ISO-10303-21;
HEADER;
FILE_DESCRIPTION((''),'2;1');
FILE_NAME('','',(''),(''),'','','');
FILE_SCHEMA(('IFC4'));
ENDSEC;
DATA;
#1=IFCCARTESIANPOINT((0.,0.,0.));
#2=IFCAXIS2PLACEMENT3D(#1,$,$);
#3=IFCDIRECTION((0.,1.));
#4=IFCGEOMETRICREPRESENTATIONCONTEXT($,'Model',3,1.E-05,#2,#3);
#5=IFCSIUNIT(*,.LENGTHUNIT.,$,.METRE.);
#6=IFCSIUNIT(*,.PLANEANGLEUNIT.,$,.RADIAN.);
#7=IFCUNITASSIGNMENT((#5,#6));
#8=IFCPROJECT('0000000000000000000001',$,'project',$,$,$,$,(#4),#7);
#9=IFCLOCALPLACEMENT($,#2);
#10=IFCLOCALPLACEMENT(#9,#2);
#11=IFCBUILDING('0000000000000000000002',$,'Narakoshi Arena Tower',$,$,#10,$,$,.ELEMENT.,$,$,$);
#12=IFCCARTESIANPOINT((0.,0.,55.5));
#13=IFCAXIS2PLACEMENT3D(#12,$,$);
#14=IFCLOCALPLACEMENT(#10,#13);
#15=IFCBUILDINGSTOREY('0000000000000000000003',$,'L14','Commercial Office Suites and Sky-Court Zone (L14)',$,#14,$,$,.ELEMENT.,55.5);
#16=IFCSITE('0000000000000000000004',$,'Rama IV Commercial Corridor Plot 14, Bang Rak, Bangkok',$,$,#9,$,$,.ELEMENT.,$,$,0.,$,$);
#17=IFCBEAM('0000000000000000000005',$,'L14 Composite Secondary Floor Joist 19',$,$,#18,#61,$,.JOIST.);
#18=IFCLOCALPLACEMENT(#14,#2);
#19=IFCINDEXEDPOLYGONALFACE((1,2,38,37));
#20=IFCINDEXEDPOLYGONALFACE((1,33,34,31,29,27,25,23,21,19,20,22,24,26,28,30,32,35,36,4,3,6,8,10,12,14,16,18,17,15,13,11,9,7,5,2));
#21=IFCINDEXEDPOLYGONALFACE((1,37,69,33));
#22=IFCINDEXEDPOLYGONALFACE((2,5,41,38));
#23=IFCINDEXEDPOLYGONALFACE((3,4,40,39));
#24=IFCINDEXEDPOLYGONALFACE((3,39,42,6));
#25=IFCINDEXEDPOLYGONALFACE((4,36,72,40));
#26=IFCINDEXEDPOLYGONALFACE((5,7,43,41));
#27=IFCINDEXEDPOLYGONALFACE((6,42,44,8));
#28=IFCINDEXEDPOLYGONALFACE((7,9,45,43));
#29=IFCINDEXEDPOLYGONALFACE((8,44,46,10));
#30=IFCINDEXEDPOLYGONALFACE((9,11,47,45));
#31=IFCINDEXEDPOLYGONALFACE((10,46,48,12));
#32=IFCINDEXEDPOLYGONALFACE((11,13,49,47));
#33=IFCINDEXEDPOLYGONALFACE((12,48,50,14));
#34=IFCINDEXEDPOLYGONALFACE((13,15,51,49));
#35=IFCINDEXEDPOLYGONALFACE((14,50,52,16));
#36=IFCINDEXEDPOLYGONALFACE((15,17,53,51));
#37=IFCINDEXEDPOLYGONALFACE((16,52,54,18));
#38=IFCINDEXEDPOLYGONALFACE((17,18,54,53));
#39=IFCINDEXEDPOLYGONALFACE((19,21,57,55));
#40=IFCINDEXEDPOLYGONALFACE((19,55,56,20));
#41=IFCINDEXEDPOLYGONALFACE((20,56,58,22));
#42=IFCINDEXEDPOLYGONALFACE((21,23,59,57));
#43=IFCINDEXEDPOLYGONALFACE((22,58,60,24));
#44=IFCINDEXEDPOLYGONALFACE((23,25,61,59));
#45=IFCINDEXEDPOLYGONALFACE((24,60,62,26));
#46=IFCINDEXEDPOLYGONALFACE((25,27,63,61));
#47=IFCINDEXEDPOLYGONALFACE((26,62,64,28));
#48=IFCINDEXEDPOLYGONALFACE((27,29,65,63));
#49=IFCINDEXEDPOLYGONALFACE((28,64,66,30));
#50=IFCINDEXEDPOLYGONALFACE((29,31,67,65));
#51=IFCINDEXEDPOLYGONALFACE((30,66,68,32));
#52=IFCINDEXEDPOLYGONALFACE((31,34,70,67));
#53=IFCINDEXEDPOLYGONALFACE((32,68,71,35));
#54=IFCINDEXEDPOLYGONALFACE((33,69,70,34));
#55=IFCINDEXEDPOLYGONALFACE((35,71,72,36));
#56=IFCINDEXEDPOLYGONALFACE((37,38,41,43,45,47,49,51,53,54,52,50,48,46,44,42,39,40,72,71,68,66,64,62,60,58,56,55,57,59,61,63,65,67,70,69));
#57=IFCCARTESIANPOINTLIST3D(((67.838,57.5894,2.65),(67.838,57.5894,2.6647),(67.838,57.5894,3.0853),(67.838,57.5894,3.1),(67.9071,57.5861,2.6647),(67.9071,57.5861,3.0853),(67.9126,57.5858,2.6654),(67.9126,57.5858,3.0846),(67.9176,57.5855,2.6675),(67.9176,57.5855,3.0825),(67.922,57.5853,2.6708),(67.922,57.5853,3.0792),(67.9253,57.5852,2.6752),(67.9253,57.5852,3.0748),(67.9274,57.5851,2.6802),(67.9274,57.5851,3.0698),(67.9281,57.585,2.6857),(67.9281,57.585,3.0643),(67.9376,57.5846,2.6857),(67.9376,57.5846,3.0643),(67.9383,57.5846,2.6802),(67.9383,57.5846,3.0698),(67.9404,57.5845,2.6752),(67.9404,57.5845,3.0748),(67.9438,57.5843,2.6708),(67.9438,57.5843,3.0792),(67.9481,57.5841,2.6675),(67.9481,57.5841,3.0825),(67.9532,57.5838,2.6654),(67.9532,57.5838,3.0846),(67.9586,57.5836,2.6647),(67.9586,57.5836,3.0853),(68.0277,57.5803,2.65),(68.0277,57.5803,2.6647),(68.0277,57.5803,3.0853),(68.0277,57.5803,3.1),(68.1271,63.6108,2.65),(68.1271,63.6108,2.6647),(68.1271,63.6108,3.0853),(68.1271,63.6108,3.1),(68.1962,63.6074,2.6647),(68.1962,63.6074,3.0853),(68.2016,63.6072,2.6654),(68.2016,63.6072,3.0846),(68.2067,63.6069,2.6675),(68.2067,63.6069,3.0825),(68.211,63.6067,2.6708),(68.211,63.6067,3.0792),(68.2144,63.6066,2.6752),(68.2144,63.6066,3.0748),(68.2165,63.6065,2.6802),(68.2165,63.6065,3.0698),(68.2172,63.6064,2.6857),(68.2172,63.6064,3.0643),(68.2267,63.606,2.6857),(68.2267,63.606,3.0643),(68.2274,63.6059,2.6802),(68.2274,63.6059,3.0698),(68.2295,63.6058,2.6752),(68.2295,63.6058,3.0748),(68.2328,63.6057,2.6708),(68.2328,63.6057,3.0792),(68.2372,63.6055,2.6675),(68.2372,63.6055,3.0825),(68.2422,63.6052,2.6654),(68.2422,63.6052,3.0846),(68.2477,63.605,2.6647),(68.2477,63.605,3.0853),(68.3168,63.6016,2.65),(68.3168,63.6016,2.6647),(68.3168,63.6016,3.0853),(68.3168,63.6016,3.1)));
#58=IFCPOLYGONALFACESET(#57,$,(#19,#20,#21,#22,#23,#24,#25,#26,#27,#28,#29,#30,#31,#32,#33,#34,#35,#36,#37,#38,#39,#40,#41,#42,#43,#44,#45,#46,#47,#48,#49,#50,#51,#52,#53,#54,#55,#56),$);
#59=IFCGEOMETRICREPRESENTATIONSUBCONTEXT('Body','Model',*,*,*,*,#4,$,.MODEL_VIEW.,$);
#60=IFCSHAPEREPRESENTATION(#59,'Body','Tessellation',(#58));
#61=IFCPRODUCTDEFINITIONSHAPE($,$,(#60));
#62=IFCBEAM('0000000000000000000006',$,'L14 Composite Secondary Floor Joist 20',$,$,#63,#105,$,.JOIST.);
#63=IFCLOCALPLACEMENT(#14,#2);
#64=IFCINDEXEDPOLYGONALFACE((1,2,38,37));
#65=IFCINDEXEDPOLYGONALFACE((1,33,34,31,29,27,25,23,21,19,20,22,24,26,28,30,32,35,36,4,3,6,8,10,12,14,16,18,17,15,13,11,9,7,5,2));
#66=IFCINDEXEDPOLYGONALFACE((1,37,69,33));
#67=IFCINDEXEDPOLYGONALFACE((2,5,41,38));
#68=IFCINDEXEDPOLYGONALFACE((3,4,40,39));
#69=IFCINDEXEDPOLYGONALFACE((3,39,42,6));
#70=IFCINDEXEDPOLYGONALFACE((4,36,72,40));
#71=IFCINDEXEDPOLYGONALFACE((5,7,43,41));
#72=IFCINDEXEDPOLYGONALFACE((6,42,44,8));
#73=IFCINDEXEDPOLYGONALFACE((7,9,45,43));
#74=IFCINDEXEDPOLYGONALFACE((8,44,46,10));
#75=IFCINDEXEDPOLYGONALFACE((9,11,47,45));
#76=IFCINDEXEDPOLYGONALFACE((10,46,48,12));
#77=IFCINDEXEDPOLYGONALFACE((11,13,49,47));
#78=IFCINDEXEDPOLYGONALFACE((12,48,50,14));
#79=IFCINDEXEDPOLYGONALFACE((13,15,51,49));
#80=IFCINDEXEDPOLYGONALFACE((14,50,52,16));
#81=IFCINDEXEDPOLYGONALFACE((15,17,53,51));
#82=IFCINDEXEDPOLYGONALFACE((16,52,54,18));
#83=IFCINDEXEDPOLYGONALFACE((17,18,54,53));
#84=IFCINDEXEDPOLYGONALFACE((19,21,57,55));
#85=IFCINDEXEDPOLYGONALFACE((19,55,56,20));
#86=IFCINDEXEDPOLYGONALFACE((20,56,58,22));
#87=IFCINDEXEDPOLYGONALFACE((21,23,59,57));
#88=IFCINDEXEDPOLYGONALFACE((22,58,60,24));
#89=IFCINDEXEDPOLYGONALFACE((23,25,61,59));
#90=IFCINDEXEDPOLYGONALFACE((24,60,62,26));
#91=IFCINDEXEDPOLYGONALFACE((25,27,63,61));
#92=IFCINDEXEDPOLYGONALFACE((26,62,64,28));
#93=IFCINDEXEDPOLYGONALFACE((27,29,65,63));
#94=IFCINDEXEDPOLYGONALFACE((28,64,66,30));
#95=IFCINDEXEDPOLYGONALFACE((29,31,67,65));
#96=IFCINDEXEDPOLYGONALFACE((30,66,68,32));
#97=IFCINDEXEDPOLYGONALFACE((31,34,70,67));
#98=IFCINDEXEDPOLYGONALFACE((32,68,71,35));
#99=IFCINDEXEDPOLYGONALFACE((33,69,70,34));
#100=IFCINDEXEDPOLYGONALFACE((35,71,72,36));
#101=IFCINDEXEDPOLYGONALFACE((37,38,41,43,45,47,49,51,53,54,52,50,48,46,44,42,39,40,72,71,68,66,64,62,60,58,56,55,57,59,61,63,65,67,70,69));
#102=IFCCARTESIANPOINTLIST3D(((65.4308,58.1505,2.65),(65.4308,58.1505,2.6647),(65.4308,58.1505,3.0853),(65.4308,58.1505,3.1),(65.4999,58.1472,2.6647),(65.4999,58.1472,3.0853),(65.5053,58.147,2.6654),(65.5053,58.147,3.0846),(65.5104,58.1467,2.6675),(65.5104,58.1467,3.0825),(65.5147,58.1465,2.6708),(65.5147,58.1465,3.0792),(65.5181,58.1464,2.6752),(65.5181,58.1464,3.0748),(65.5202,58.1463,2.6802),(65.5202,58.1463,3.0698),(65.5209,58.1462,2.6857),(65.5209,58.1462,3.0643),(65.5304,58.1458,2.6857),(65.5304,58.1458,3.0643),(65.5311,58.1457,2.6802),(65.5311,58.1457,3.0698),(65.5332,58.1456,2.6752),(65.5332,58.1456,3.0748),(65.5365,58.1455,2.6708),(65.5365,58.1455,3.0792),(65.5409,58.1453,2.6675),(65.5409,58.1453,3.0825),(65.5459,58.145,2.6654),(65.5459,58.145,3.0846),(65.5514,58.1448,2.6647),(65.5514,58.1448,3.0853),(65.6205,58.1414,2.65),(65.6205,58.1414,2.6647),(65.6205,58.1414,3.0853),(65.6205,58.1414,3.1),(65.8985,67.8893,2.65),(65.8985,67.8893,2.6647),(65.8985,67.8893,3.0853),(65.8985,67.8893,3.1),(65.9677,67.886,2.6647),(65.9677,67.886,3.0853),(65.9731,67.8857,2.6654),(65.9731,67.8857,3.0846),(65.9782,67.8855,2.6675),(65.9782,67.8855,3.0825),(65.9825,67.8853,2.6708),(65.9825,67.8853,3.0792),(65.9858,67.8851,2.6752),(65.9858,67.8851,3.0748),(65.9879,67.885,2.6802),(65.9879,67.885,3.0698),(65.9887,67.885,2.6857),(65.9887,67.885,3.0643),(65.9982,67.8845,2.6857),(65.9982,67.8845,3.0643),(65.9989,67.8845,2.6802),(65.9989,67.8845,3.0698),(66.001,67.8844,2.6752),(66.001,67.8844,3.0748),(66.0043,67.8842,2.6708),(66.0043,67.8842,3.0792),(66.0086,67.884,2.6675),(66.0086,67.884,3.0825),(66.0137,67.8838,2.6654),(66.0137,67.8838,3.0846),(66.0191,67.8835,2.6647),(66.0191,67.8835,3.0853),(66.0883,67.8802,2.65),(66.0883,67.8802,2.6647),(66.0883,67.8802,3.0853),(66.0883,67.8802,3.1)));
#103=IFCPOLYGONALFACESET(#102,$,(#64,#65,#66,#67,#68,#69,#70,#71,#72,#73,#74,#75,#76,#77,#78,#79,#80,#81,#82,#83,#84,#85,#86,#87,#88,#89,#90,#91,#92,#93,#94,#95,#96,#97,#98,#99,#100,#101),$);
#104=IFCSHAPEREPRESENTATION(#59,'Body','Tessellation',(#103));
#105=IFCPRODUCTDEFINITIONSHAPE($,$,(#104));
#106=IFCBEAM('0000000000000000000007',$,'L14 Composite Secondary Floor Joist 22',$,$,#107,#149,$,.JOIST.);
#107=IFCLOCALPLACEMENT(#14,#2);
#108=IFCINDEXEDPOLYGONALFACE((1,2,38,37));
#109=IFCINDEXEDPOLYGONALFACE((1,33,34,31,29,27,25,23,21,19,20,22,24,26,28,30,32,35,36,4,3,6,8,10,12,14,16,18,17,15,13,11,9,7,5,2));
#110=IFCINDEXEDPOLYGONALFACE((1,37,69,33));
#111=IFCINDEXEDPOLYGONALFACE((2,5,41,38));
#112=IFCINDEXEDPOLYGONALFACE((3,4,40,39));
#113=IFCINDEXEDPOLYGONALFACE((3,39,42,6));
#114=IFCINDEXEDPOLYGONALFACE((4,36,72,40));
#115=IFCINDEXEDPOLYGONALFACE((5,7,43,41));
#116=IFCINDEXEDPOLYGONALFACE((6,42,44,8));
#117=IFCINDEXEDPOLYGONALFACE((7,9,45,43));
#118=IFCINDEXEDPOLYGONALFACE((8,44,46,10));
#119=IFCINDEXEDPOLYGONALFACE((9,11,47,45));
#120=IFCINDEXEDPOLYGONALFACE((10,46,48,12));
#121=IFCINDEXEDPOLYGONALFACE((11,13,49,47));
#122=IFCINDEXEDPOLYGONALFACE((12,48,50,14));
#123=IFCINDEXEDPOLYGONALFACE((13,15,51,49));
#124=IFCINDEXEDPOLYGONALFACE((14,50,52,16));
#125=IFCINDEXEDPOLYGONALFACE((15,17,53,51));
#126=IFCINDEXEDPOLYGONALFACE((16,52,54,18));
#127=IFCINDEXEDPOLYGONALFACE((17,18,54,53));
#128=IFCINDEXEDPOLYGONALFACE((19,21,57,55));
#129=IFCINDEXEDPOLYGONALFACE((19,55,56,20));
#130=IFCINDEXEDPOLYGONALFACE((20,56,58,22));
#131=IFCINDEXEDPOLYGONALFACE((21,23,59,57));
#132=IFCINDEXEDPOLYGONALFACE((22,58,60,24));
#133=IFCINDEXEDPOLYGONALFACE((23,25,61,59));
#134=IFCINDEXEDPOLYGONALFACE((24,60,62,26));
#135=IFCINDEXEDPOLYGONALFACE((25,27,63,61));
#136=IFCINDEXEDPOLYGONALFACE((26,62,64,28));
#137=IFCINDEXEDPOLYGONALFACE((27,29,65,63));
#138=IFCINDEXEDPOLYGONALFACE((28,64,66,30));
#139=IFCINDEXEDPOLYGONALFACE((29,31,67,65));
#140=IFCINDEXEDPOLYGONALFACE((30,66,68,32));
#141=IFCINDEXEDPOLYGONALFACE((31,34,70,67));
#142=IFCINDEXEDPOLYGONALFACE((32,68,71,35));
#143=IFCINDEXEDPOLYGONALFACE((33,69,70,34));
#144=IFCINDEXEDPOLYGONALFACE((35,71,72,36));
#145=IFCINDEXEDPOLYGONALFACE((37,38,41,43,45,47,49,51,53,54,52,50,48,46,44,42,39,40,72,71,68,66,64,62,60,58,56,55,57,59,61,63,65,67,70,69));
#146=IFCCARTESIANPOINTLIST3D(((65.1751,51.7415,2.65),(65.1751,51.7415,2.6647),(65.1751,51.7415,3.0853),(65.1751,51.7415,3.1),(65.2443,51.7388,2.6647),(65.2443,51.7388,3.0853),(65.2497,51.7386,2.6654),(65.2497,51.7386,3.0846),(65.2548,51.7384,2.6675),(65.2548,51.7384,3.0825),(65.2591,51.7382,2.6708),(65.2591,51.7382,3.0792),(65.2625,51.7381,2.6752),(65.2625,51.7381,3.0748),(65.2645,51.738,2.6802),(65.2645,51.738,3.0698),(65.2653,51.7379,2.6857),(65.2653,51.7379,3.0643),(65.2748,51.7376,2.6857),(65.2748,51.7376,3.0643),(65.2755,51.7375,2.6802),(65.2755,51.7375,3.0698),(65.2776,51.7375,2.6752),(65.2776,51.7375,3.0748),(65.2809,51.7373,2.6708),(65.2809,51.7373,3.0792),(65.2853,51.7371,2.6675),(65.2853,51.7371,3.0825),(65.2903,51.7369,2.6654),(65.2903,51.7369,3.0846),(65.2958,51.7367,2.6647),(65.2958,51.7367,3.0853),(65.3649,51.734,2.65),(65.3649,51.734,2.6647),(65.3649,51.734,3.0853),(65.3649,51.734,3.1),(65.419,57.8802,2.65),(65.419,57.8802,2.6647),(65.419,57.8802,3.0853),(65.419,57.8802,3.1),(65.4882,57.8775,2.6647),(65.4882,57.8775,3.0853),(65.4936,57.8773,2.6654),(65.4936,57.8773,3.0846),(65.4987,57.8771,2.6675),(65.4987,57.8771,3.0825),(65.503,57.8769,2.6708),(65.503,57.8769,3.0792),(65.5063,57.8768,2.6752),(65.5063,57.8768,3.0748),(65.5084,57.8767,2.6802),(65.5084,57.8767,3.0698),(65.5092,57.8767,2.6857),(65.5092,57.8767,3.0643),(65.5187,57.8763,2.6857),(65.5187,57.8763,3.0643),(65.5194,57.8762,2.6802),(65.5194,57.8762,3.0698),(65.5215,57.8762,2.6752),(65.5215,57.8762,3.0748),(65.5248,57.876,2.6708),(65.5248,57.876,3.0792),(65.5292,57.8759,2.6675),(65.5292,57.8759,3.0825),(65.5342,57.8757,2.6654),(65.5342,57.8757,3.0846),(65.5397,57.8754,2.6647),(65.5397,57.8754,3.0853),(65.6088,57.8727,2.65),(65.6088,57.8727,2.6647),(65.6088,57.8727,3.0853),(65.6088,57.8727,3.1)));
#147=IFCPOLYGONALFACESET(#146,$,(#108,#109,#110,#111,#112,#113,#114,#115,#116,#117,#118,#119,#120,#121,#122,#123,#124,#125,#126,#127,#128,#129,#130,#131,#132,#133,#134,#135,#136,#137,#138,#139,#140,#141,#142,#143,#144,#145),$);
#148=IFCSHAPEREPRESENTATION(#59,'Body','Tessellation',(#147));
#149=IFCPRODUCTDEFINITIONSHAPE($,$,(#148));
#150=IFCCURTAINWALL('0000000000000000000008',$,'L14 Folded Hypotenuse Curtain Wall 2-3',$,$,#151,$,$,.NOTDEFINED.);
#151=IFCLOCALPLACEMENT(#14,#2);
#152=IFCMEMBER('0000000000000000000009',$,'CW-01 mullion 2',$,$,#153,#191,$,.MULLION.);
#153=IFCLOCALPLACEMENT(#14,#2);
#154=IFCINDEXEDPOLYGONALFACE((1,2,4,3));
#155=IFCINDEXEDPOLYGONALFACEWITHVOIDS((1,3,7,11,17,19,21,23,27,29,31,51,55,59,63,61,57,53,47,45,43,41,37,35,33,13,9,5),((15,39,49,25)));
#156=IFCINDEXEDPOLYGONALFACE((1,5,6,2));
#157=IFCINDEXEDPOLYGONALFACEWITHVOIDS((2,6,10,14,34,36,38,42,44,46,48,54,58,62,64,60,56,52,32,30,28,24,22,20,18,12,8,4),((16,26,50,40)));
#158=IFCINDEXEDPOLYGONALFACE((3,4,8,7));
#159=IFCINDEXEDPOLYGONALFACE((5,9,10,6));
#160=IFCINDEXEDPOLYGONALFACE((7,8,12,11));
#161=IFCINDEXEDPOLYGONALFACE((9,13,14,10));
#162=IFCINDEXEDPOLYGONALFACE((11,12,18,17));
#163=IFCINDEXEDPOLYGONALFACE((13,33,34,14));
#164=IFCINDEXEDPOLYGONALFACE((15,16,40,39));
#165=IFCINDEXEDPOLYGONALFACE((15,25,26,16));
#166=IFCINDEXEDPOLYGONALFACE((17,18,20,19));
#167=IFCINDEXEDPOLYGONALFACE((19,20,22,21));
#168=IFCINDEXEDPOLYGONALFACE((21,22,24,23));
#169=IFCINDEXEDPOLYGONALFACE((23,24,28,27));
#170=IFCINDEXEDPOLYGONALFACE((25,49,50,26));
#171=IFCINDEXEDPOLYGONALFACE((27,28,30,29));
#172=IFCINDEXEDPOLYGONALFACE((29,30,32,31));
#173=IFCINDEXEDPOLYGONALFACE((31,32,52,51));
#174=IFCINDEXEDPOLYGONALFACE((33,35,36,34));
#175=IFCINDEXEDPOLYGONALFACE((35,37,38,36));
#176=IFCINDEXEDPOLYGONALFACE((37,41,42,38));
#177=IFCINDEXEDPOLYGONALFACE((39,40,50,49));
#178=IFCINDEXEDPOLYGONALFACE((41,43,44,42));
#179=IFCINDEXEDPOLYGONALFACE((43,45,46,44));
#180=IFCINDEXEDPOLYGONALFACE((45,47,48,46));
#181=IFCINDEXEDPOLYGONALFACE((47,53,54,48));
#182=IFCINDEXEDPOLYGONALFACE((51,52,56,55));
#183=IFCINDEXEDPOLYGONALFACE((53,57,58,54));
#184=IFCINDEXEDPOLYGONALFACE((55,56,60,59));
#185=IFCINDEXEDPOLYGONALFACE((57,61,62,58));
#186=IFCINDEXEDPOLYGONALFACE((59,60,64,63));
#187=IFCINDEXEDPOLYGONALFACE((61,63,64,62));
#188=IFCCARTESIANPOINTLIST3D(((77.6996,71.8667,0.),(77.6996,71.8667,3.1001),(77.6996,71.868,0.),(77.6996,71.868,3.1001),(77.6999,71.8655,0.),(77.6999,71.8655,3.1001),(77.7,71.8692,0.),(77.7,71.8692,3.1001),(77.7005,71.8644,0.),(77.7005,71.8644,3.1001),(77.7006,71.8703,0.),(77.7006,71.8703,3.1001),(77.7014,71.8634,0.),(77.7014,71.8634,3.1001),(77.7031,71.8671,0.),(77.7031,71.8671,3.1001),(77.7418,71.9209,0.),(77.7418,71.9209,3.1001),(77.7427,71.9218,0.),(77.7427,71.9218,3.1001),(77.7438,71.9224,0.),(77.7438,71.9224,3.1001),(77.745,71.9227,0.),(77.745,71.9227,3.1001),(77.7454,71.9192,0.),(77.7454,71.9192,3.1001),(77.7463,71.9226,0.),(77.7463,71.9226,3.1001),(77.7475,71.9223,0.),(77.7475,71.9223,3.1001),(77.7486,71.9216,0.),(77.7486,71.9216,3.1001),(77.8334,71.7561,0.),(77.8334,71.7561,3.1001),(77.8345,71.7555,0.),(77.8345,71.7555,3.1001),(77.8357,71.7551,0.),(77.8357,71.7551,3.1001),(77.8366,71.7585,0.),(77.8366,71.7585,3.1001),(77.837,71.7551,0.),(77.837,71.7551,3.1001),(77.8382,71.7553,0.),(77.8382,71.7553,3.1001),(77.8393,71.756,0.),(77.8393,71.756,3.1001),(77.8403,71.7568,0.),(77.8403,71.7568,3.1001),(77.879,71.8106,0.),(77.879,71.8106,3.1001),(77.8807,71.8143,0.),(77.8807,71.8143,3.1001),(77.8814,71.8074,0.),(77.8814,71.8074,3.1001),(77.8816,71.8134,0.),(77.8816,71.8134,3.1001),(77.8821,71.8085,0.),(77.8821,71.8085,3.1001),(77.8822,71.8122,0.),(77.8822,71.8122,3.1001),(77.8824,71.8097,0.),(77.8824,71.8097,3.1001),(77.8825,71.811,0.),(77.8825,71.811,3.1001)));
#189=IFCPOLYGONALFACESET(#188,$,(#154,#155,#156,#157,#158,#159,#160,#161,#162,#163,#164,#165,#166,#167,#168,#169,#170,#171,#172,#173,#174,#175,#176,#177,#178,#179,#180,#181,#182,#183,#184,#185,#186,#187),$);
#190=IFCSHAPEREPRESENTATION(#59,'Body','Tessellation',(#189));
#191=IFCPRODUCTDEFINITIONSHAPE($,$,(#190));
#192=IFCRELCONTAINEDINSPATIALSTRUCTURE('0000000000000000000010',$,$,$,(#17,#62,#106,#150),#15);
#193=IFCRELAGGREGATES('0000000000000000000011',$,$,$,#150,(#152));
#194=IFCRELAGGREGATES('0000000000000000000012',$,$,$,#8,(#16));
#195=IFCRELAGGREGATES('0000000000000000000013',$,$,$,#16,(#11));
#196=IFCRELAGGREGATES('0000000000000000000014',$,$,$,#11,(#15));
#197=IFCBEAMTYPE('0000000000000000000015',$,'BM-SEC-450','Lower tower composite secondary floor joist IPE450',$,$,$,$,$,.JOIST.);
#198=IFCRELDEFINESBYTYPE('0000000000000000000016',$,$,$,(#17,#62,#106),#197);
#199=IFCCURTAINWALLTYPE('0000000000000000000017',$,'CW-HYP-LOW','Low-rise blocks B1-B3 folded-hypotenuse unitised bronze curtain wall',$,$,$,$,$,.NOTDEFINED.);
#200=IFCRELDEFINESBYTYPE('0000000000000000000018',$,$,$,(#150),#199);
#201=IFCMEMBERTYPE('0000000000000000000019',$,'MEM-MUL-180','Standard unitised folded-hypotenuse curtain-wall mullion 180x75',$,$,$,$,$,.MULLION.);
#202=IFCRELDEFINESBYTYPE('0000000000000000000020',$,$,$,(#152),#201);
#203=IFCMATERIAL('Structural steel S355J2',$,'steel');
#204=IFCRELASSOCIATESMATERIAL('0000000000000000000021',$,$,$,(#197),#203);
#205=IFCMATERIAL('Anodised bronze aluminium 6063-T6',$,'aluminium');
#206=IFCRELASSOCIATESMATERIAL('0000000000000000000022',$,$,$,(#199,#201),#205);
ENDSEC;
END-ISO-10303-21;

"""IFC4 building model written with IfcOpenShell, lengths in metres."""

from ifc_helpers import new_model, si_unit, direction, frame, origin, origin_2d, place, context, subcontext, project, spatial, hollow_rectangle, i_section, extrude, material, material_profile, profile_set, type_object, element, aggregate, save


model = new_model("IFC4")

# Units and contexts
model_context = context("Model", 3, precision=1e-05, world=origin(), true_north=direction((0.0, 1.0)))
body_context = subcontext(model_context, "Body", "Model", "MODEL_VIEW")
ifc_project = project(units=[si_unit("LENGTHUNIT", "METRE"), si_unit("PLANEANGLEUNIT", "RADIAN")], contexts=[model_context])

# Site, building, storey
site_placement = place(None, origin())
site = spatial("IfcSite", under=ifc_project, at=site_placement, Name="Rama IV Commercial Corridor Plot 14, Bang Rak, Bangkok", CompositionType="ELEMENT", RefElevation=0.0)
building_placement = place(site_placement, origin())
building = spatial("IfcBuilding", under=site, at=building_placement, Name="Narakoshi Arena Tower", CompositionType="ELEMENT")
storey_placement = place(building_placement, frame((0.0, 0.0, 55.5)))
storey = spatial("IfcBuildingStorey", under=building, at=storey_placement, Name="L14", Description="Commercial Office Suites and Sky-Court Zone (L14)", CompositionType="ELEMENT", Elevation=55.5)

# Beams
ifc_material_1 = material(Name="Structural steel S355J2", Category="steel")
ifc_material_profile_1 = material_profile(ifc_material_1, i_section(OverallWidth=0.1899, OverallDepth=0.45, WebThickness=0.0095, FlangeThickness=0.0146, FilletRadius=0.021, at=origin_2d()), Name="IPE450")
ifc_profile_set_1 = profile_set([ifc_material_profile_1], Name="Structural steel S355J2")
beam_type_1 = type_object("IfcBeamType", Name="BM-SEC-450", Description="Lower tower composite secondary floor joist IPE450", PredefinedType="JOIST", material=ifc_profile_set_1)
beam_1_placement = place(storey_placement, frame((68.2219, 63.6062, 2.875), z_axis=(-0.04795, -0.99885, 0.0), x_axis=(0.99885, -0.04795, 0.0)))
element("IfcBeam", 1, at=beam_1_placement, inside=storey, type_object=beam_type_1, Name="L14 Composite Secondary Floor Joist 19", PredefinedType="JOIST", context=body_context, shape_type="SweptSolid", body=[
    extrude(i_section(OverallWidth=0.1899, OverallDepth=0.45, WebThickness=0.0095, FlangeThickness=0.0146, FilletRadius=0.021, at=origin_2d()), origin(), (0.0, 0.0, 1.0), 6.0283),
])
beam_2_placement = place(storey_placement, frame((65.9934, 67.8848, 2.875), z_axis=(-0.047977, -0.998848, 0.0), x_axis=(0.998848, -0.047977, 0.0)))
element("IfcBeam", 2, at=beam_2_placement, inside=storey, type_object=beam_type_1, Name="L14 Composite Secondary Floor Joist 20", PredefinedType="JOIST", context=body_context, shape_type="SweptSolid", body=[
    extrude(i_section(OverallWidth=0.1899, OverallDepth=0.45, WebThickness=0.0095, FlangeThickness=0.0146, FilletRadius=0.021, at=origin_2d()), origin(), (0.0, 0.0, 1.0), 9.75),
])
beam_3_placement = place(storey_placement, frame((65.5139, 57.8765, 2.875), z_axis=(-0.0397, -0.999212, 0.0), x_axis=(0.999212, -0.0397, 0.0)))
element("IfcBeam", 3, at=beam_3_placement, inside=storey, type_object=beam_type_1, Name="L14 Composite Secondary Floor Joist 22", PredefinedType="JOIST", context=body_context, shape_type="SweptSolid", body=[
    extrude(i_section(OverallWidth=0.1899, OverallDepth=0.45, WebThickness=0.0095, FlangeThickness=0.0146, FilletRadius=0.021, at=origin_2d()), origin(), (0.0, 0.0, 1.0), 6.1436),
])

# Curtain wall, member
ifc_material_2 = material(Name="Anodised bronze aluminium 6063-T6", Category="aluminium")
curtain_wall_type = type_object("IfcCurtainWallType", Name="CW-HYP-LOW", Description="Low-rise blocks B1-B3 folded-hypotenuse unitised bronze curtain wall", PredefinedType="NOTDEFINED", material=ifc_material_2)
curtain_wall_1_placement = place(storey_placement, origin())
curtain_wall_1 = element("IfcCurtainWall", 4, at=curtain_wall_1_placement, inside=storey, type_object=curtain_wall_type, Name="L14 Folded Hypotenuse Curtain Wall 2-3", PredefinedType="NOTDEFINED")
ifc_material_profile_2 = material_profile(ifc_material_2, hollow_rectangle(XDim=0.075, YDim=0.1799, WallThickness=0.0039, OuterFilletRadius=0.0049, at=origin_2d()), Name="MUL180x75x4")
ifc_profile_set_2 = profile_set([ifc_material_profile_2], Name="Anodised bronze aluminium 6063-T6")
member_type_1 = type_object("IfcMemberType", Name="MEM-MUL-180", Description="Standard unitised folded-hypotenuse curtain-wall mullion 180x75", PredefinedType="MULLION", material=ifc_profile_set_2)
member_1_placement = place(storey_placement, frame((77.791, 71.8389, 0.0), z_axis=(0.0, 0.0, 1.0), x_axis=(-0.630723, -0.776008, 0.0)))
member_1 = element("IfcMember", 5, at=member_1_placement, type_object=member_type_1, Name="CW-01 mullion 2", PredefinedType="MULLION", context=body_context, shape_type="SweptSolid", body=[
    extrude(hollow_rectangle(XDim=0.075, YDim=0.1799, WallThickness=0.0039, OuterFilletRadius=0.0049, at=origin_2d()), origin(), (0.0, 0.0, 1.0), 3.1001),
])

aggregate(curtain_wall_1, [member_1])

save(model, "model.ifc")
